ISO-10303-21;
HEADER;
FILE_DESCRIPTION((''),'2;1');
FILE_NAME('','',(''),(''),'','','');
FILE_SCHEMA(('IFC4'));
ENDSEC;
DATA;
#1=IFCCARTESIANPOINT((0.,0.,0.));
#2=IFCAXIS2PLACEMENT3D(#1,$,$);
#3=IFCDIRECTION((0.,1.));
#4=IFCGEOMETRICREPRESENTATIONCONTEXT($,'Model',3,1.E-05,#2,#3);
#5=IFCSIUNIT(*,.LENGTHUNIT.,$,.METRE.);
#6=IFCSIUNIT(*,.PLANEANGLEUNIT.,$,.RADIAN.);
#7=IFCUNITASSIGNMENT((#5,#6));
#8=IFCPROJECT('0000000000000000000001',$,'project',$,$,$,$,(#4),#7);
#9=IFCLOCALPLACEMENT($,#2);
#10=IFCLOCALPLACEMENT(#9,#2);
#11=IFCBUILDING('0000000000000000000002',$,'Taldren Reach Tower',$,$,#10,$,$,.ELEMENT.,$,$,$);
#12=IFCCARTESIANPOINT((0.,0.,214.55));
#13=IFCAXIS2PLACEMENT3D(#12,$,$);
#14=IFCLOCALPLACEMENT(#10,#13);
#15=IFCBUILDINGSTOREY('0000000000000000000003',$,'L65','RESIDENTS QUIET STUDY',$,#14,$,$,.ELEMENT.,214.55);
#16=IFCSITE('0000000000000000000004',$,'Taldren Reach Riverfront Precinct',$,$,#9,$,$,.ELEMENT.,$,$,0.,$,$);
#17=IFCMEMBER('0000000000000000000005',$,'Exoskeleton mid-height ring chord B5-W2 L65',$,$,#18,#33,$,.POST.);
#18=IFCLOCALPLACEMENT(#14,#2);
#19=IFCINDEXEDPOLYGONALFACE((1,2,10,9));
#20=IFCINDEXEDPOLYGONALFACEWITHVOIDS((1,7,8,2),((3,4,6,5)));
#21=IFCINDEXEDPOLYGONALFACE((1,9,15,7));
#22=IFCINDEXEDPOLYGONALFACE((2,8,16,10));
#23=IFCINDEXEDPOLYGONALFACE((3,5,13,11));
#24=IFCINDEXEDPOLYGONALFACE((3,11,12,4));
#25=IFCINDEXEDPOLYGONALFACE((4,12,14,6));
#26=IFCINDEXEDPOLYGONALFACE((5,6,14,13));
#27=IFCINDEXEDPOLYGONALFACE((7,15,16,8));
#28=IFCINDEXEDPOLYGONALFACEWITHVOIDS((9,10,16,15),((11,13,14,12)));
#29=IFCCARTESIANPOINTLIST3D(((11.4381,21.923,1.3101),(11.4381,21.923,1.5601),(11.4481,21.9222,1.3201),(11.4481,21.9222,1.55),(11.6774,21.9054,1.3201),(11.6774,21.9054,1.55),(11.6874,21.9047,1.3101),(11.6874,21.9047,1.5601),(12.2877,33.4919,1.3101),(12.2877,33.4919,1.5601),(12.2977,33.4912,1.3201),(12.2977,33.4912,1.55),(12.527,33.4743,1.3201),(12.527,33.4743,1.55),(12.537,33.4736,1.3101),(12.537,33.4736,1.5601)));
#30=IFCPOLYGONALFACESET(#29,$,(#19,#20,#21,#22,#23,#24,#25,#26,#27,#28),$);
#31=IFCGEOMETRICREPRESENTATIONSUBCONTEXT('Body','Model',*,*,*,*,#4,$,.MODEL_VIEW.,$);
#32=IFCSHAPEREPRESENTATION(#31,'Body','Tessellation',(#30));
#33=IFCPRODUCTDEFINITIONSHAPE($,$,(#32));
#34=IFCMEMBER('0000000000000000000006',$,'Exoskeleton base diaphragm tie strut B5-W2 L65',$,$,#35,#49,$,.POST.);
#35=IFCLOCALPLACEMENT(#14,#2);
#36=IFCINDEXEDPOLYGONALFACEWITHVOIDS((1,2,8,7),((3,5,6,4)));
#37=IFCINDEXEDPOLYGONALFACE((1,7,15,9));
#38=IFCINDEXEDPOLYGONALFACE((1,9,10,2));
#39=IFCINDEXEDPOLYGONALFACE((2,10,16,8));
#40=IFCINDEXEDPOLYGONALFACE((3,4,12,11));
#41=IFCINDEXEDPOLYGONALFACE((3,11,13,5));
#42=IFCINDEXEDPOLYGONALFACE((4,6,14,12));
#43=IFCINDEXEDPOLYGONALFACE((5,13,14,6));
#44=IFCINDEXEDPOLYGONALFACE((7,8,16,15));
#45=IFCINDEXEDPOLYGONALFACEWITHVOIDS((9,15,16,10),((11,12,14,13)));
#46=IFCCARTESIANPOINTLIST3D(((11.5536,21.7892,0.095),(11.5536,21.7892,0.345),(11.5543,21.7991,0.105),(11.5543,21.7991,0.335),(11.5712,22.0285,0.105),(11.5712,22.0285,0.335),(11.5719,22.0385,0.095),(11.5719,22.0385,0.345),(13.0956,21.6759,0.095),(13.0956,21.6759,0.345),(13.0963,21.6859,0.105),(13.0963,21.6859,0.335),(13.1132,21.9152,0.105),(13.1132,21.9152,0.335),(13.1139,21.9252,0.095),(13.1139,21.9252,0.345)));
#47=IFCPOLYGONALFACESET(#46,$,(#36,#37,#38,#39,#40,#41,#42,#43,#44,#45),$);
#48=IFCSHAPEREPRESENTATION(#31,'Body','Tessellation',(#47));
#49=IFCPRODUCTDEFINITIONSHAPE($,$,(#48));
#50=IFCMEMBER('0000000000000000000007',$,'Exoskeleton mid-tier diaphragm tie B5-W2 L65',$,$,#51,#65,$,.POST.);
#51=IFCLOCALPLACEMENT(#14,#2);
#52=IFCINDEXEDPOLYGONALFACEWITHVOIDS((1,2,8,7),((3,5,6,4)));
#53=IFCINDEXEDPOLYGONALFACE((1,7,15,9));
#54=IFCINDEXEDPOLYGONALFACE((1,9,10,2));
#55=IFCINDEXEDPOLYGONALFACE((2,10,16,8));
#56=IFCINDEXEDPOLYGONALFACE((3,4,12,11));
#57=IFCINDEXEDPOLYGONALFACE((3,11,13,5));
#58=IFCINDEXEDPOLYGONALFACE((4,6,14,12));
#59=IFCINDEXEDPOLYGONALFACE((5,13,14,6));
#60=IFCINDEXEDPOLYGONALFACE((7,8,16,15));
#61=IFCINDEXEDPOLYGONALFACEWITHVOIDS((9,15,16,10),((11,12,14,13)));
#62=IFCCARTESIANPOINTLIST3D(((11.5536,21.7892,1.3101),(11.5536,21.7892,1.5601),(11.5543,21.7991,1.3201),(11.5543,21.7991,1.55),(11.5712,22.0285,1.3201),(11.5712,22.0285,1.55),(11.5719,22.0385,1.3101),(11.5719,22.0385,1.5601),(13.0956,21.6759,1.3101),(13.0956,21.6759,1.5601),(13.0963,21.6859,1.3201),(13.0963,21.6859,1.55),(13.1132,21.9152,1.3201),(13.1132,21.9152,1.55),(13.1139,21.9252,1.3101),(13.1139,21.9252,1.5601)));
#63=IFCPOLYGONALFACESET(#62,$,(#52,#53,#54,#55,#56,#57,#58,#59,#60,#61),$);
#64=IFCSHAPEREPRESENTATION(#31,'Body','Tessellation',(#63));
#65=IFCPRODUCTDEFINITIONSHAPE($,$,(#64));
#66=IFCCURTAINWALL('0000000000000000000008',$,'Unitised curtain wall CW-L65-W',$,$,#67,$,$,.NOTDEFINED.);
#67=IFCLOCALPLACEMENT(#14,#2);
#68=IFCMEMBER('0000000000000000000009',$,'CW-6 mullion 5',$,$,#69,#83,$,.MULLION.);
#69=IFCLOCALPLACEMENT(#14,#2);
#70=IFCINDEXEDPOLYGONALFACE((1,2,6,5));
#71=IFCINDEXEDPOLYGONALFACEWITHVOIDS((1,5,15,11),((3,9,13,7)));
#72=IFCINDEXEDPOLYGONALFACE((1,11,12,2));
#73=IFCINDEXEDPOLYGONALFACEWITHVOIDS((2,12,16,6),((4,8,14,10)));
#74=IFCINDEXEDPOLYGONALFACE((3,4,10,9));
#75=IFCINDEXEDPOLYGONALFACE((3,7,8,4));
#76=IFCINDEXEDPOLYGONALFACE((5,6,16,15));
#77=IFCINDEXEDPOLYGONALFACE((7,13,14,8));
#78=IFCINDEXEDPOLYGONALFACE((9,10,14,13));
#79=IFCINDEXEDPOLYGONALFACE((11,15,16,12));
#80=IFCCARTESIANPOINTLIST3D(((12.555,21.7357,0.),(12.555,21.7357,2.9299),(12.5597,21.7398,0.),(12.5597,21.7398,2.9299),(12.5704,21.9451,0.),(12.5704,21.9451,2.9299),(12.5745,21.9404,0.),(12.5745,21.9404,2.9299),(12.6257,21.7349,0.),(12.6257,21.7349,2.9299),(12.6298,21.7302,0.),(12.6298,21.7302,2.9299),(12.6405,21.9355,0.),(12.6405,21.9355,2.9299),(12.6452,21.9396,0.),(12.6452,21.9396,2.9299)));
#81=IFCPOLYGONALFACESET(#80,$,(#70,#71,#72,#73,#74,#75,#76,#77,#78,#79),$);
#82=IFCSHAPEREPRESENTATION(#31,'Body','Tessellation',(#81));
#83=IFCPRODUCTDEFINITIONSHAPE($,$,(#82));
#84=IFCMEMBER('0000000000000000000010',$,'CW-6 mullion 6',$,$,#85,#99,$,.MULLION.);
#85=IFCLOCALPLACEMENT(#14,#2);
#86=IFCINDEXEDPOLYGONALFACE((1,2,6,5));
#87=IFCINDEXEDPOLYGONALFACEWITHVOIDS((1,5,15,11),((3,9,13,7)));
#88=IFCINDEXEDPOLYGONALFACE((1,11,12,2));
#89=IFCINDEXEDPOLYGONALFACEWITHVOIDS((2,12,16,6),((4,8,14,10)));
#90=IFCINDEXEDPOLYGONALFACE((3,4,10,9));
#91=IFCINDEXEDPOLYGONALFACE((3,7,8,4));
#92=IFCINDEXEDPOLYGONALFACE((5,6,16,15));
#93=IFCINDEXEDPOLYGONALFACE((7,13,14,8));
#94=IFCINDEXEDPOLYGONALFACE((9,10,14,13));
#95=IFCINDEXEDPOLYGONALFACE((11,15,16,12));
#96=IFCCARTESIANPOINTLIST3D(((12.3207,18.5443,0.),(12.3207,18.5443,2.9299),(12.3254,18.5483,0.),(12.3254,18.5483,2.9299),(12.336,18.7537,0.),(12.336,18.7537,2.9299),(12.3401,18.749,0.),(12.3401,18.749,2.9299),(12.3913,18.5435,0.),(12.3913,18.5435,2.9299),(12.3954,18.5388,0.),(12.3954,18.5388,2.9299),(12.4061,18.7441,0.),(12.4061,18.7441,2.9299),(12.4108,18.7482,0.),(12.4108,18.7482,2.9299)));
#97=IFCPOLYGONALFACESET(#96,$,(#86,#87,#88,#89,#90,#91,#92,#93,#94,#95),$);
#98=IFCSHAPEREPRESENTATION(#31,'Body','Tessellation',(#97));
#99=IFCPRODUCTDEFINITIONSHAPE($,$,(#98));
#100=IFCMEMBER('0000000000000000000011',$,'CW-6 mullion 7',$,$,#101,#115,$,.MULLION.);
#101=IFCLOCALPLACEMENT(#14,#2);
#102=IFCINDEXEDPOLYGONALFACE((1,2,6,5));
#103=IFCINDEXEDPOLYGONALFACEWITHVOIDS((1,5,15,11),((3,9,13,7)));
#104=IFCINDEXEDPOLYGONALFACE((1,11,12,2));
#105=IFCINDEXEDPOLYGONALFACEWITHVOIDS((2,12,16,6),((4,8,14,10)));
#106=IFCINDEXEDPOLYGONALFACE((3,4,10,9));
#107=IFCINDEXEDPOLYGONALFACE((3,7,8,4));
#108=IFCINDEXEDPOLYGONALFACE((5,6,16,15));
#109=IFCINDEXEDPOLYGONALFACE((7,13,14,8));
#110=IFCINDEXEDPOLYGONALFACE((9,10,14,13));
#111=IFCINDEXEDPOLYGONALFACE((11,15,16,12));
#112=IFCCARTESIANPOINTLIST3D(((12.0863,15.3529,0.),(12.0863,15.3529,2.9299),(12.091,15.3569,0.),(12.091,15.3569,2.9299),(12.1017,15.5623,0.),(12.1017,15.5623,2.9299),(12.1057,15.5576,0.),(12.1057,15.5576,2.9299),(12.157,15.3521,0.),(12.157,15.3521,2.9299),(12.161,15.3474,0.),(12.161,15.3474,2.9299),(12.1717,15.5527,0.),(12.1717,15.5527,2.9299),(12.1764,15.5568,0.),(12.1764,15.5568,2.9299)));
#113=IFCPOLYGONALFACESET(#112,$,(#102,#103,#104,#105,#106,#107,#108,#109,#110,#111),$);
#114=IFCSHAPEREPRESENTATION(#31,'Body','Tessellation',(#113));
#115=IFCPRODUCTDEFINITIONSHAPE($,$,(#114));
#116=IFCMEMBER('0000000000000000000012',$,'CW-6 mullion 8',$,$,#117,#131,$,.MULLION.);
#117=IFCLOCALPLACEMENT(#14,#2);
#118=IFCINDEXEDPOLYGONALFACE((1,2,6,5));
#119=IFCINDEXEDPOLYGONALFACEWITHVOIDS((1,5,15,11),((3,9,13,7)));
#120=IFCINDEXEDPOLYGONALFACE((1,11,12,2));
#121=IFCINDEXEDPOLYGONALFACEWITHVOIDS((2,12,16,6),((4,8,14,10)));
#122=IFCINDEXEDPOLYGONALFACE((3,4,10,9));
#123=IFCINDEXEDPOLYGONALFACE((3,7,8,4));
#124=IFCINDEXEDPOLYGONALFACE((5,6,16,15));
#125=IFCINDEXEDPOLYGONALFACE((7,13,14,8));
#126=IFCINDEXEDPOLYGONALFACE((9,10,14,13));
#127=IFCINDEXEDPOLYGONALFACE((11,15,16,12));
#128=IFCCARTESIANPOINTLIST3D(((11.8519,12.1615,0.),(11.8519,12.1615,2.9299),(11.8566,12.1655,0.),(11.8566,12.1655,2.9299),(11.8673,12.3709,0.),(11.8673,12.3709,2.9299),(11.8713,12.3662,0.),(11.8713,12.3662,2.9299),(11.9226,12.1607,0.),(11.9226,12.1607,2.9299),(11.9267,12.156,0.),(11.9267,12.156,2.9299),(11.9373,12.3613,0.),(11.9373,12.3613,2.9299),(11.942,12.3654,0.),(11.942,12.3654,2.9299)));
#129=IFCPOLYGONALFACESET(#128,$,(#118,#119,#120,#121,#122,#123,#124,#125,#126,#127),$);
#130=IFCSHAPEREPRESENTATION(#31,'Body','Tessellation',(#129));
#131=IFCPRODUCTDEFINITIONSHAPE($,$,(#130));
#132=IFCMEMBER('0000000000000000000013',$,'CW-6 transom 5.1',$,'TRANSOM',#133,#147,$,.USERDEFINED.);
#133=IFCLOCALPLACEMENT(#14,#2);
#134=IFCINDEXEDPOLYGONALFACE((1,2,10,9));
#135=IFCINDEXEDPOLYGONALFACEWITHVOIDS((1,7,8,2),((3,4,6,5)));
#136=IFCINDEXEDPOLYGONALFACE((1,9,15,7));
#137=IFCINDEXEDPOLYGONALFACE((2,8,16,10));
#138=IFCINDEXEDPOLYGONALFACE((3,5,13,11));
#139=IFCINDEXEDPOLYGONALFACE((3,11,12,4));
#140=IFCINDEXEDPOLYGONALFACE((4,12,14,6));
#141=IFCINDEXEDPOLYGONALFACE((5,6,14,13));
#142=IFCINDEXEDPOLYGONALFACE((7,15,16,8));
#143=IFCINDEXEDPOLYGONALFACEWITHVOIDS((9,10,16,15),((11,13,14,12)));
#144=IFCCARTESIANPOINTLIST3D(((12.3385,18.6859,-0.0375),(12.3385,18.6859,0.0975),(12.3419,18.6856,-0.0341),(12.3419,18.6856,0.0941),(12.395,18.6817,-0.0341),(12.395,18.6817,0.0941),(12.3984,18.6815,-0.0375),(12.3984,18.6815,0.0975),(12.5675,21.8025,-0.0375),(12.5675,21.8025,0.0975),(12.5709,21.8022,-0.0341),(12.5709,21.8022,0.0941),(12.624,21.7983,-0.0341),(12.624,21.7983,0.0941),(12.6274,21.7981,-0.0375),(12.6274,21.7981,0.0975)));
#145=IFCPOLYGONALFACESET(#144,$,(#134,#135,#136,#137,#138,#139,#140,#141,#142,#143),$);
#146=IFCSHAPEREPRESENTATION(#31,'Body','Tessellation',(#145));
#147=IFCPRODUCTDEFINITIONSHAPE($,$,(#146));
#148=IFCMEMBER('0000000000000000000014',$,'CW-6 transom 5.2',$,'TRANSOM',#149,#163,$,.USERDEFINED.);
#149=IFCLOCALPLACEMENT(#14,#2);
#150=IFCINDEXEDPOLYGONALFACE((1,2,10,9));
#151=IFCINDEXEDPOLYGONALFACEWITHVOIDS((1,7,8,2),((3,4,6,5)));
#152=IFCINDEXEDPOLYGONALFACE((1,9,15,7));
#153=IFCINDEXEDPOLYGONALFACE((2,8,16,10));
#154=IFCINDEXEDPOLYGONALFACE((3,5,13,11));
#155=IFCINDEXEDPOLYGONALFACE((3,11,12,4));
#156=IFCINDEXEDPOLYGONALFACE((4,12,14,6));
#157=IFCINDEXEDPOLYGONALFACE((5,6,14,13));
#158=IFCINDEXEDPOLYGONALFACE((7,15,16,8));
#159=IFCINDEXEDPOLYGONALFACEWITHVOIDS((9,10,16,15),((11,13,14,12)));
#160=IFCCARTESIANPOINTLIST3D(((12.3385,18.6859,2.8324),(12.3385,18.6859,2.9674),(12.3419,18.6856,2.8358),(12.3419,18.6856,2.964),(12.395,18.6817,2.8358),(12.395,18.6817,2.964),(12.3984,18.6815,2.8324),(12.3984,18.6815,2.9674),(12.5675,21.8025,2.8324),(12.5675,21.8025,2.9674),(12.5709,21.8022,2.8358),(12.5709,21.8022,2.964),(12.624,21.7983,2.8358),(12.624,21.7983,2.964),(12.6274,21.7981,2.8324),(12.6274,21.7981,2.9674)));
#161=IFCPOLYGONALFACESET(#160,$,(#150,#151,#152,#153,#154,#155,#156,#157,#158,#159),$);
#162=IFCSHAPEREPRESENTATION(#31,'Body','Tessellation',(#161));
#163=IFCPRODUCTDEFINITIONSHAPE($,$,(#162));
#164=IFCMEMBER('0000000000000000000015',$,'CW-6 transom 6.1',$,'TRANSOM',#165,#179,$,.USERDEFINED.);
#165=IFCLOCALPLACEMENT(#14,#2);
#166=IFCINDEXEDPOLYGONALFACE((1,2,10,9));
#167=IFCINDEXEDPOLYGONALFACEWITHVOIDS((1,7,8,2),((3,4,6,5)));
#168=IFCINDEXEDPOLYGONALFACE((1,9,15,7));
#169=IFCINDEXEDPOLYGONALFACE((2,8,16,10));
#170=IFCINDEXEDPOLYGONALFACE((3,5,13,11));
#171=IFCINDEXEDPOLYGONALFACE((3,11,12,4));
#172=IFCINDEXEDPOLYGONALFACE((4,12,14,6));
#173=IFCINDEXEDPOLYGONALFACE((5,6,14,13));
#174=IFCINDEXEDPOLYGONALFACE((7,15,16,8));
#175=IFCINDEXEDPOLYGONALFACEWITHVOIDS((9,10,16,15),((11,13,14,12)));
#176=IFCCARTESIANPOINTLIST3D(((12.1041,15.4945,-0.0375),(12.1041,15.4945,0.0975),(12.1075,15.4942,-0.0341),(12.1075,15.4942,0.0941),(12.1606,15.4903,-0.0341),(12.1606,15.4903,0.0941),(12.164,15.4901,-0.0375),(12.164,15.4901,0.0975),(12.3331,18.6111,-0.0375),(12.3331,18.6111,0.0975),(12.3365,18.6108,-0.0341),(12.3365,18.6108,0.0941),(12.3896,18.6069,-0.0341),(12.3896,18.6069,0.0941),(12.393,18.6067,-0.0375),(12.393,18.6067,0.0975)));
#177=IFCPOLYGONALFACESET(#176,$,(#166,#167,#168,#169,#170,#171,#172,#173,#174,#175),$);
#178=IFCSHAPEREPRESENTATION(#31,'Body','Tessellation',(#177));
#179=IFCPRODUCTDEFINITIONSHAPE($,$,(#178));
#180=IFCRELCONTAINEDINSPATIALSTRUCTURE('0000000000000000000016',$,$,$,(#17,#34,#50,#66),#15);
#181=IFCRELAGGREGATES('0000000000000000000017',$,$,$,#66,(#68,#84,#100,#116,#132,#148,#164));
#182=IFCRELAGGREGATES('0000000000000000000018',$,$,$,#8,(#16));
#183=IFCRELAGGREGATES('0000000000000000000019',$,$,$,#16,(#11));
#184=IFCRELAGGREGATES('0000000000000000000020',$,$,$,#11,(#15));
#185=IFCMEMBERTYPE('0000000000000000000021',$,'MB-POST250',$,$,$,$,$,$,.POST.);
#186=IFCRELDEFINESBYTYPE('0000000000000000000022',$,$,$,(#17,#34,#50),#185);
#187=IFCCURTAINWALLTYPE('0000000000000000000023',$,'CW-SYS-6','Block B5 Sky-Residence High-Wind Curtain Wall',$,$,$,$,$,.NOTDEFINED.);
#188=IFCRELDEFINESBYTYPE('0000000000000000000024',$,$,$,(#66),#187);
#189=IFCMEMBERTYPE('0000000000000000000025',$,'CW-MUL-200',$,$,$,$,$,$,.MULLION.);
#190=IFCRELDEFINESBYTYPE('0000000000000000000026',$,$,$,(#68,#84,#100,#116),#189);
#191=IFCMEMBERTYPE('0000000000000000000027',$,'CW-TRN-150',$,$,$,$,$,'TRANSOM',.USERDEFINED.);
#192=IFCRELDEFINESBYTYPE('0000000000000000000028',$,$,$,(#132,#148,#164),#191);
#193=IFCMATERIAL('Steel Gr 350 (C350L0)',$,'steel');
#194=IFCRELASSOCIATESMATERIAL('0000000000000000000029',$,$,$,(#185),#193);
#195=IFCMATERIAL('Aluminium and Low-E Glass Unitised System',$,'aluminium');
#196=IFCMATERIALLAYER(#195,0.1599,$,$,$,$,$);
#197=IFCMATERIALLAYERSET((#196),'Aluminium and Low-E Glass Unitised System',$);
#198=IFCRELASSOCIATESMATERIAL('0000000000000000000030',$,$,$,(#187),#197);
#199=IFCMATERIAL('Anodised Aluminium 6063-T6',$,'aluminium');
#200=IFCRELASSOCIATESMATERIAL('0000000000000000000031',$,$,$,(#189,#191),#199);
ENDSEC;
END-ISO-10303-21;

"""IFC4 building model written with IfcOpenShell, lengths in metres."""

from ifc_helpers import new_model, si_unit, direction, frame, origin, origin_2d, place, context, subcontext, project, spatial, hollow_rectangle, extrude, source, transform, mapped, material, layer, layer_set, material_profile, profile_set, type_object, element, aggregate, save


model = new_model("IFC4")

# Units and contexts
model_context = context("Model", 3, precision=1e-05, world=origin(), true_north=direction((0.0, 1.0)))
body_context = subcontext(model_context, "Body", "Model", "MODEL_VIEW")
ifc_project = project(units=[si_unit("LENGTHUNIT", "METRE"), si_unit("PLANEANGLEUNIT", "RADIAN")], contexts=[model_context])

# Site, building, storey
site_placement = place(None, origin())
site = spatial("IfcSite", under=ifc_project, at=site_placement, Name="Taldren Reach Riverfront Precinct", CompositionType="ELEMENT", RefElevation=0.0)
building_placement = place(site_placement, origin())
building = spatial("IfcBuilding", under=site, at=building_placement, Name="Taldren Reach Tower", CompositionType="ELEMENT")
storey_placement = place(building_placement, frame((0.0, 0.0, 214.55)))
storey = spatial("IfcBuildingStorey", under=building, at=storey_placement, Name="L65", Description="RESIDENTS QUIET STUDY", CompositionType="ELEMENT", Elevation=214.55)

# Members
ifc_material_1 = material(Name="Steel Gr 350 (C350L0)", Category="steel")
ifc_material_profile_1 = material_profile(ifc_material_1, hollow_rectangle(XDim=0.25, YDim=0.25, WallThickness=0.01, at=origin_2d()), Name="250x250x10.0SHS")
ifc_profile_set_1 = profile_set([ifc_material_profile_1], Name="Steel Gr 350 (C350L0)")
member_type_1 = type_object("IfcMemberType", Name="MB-POST250", PredefinedType="POST", material=ifc_profile_set_1)
shared_shape_1 = source(origin(), body_context, "Body", "SweptSolid", [
    extrude(hollow_rectangle(XDim=0.25, YDim=0.25, WallThickness=0.01, at=origin_2d()), origin(), (0.0, 0.0, 1.0), 11.6001),
])
member_1_placement = place(storey_placement, frame((11.5627, 21.9138, 1.4351), z_axis=(0.073242, 0.997314, 0.0), x_axis=(-0.997314, 0.073242, 0.0)))
element("IfcMember", 1, at=member_1_placement, inside=storey, type_object=member_type_1, Name="Exoskeleton mid-height ring chord B5-W2 L65", PredefinedType="POST", context=body_context, shape_type="MappedRepresentation", body=[
    mapped(shared_shape_1, transform((0.0, 0.0, 0.0), scale=1.0)),
])
shared_shape_2 = source(origin(), body_context, "Body", "SweptSolid", [
    extrude(hollow_rectangle(XDim=0.25, YDim=0.25, WallThickness=0.01, at=origin_2d()), origin(), (0.0, 0.0, 1.0), 1.5461),
])
for number, where, z_axis, x_axis, name in (
    (2, (13.1047, 21.8005, 0.22), (-0.997312, 0.073267, 0.0), (-0.073267, -0.997312, 0.0), "Exoskeleton base diaphragm tie strut B5-W2 L65"),
    (3, (13.1047, 21.8005, 1.4351), (-0.997312, 0.073267, 0.0), (-0.073267, -0.997312, 0.0), "Exoskeleton mid-tier diaphragm tie B5-W2 L65"),
):
    element("IfcMember", number, at=place(storey_placement, frame(where, z_axis=z_axis, x_axis=x_axis)), inside=storey, type_object=member_type_1, Name=name, PredefinedType="POST", context=body_context, shape_type="MappedRepresentation", body=[
        mapped(shared_shape_2, transform((0.0, 0.0, 0.0), scale=1.0)),
    ])

# Curtain wall, members
ifc_material_2 = material(Name="Aluminium and Low-E Glass Unitised System", Category="aluminium")
ifc_layer_1 = layer(ifc_material_2, 0.1599)
ifc_layer_set_1 = layer_set([ifc_layer_1], Name="Aluminium and Low-E Glass Unitised System")
curtain_wall_type = type_object("IfcCurtainWallType", Name="CW-SYS-6", Description="Block B5 Sky-Residence High-Wind Curtain Wall", PredefinedType="NOTDEFINED", material=ifc_layer_set_1)
curtain_wall_placement = place(storey_placement, origin())
curtain_wall = element("IfcCurtainWall", 4, at=curtain_wall_placement, inside=storey, type_object=curtain_wall_type, Name="Unitised curtain wall CW-L65-W", PredefinedType="NOTDEFINED")
ifc_material_3 = material(Name="Anodised Aluminium 6063-T6", Category="aluminium")
ifc_material_profile_2 = material_profile(ifc_material_3, hollow_rectangle(XDim=0.075, YDim=0.21, WallThickness=0.0044, at=origin_2d()), Name="ALU-210x75x4.5RHS")
ifc_profile_set_2 = profile_set([ifc_material_profile_2], Name="Anodised Aluminium 6063-T6")
member_type_2 = type_object("IfcMemberType", Name="CW-MUL-200", PredefinedType="MULLION", material=ifc_profile_set_2)
shared_shape_3 = source(origin(), body_context, "Body", "SweptSolid", [
    extrude(hollow_rectangle(XDim=0.075, YDim=0.21, WallThickness=0.0044, at=origin_2d()), origin(), (0.0, 0.0, 1.0), 2.9299),
])
member_2_placement = place(storey_placement, frame((12.6001, 21.8376, 0.0), z_axis=(0.0, 0.0, 1.0), x_axis=(0.997314, -0.073238, 0.0)))
member_2 = element("IfcMember", 5, at=member_2_placement, type_object=member_type_2, Name="CW-6 mullion 5", PredefinedType="MULLION", context=body_context, shape_type="MappedRepresentation", body=[
    mapped(shared_shape_3, transform((0.0, 0.0, 0.0), scale=1.0)),
])
member_3_placement = place(storey_placement, frame((12.3657, 18.6462, 0.0), z_axis=(0.0, 0.0, 1.0), x_axis=(0.997314, -0.073238, 0.0)))
member_3 = element("IfcMember", 6, at=member_3_placement, type_object=member_type_2, Name="CW-6 mullion 6", PredefinedType="MULLION", context=body_context, shape_type="MappedRepresentation", body=[
    mapped(shared_shape_3, transform((0.0, 0.0, 0.0), scale=1.0)),
])
member_4_placement = place(storey_placement, frame((12.1313, 15.4548, 0.0), z_axis=(0.0, 0.0, 1.0), x_axis=(0.997314, -0.073238, 0.0)))
member_4 = element("IfcMember", 7, at=member_4_placement, type_object=member_type_2, Name="CW-6 mullion 7", PredefinedType="MULLION", context=body_context, shape_type="MappedRepresentation", body=[
    mapped(shared_shape_3, transform((0.0, 0.0, 0.0), scale=1.0)),
])
member_5_placement = place(storey_placement, frame((11.897, 12.2634, 0.0), z_axis=(0.0, 0.0, 1.0), x_axis=(0.997314, -0.073238, 0.0)))
member_5 = element("IfcMember", 8, at=member_5_placement, type_object=member_type_2, Name="CW-6 mullion 8", PredefinedType="MULLION", context=body_context, shape_type="MappedRepresentation", body=[
    mapped(shared_shape_3, transform((0.0, 0.0, 0.0), scale=1.0)),
])
ifc_material_profile_3 = material_profile(ifc_material_3, hollow_rectangle(XDim=0.0601, YDim=0.135, WallThickness=0.0034, at=origin_2d()), Name="ALU-135x60x3.5RHS")
ifc_profile_set_3 = profile_set([ifc_material_profile_3], Name="Anodised Aluminium 6063-T6")
member_type_3 = type_object("IfcMemberType", Name="CW-TRN-150", ElementType="TRANSOM", PredefinedType="USERDEFINED", material=ifc_profile_set_3)
shared_shape_4 = source(origin(), body_context, "Body", "SweptSolid", [
    extrude(hollow_rectangle(XDim=0.0601, YDim=0.135, WallThickness=0.0034, at=origin_2d()), origin(), (0.0, 0.0, 1.0), 3.125),
])
member_6_placement = place(storey_placement, frame((12.5974, 21.8003, 0.03), z_axis=(-0.073279, -0.997311, 0.0), x_axis=(0.997311, -0.073279, 0.0)))
member_6 = element("IfcMember", 9, at=member_6_placement, type_object=member_type_3, Name="CW-6 transom 5.1", ObjectType="TRANSOM", PredefinedType="USERDEFINED", context=body_context, shape_type="MappedRepresentation", body=[
    mapped(shared_shape_4, transform((0.0, 0.0, 0.0), scale=1.0)),
])
member_7_placement = place(storey_placement, frame((12.5974, 21.8003, 2.8999), z_axis=(-0.073279, -0.997311, 0.0), x_axis=(0.997311, -0.073279, 0.0)))
member_7 = element("IfcMember", 10, at=member_7_placement, type_object=member_type_3, Name="CW-6 transom 5.2", ObjectType="TRANSOM", PredefinedType="USERDEFINED", context=body_context, shape_type="MappedRepresentation", body=[
    mapped(shared_shape_4, transform((0.0, 0.0, 0.0), scale=1.0)),
])
member_8_placement = place(storey_placement, frame((12.363, 18.6089, 0.03), z_axis=(-0.073279, -0.997311, 0.0), x_axis=(0.997311, -0.073279, 0.0)))
member_8 = element("IfcMember", 11, at=member_8_placement, type_object=member_type_3, Name="CW-6 transom 6.1", ObjectType="TRANSOM", PredefinedType="USERDEFINED", context=body_context, shape_type="MappedRepresentation", body=[
    mapped(shared_shape_4, transform((0.0, 0.0, 0.0), scale=1.0)),
])

aggregate(curtain_wall, [member_2, member_3, member_4, member_5, member_6, member_7, member_8])

save(model, "model.ifc")
